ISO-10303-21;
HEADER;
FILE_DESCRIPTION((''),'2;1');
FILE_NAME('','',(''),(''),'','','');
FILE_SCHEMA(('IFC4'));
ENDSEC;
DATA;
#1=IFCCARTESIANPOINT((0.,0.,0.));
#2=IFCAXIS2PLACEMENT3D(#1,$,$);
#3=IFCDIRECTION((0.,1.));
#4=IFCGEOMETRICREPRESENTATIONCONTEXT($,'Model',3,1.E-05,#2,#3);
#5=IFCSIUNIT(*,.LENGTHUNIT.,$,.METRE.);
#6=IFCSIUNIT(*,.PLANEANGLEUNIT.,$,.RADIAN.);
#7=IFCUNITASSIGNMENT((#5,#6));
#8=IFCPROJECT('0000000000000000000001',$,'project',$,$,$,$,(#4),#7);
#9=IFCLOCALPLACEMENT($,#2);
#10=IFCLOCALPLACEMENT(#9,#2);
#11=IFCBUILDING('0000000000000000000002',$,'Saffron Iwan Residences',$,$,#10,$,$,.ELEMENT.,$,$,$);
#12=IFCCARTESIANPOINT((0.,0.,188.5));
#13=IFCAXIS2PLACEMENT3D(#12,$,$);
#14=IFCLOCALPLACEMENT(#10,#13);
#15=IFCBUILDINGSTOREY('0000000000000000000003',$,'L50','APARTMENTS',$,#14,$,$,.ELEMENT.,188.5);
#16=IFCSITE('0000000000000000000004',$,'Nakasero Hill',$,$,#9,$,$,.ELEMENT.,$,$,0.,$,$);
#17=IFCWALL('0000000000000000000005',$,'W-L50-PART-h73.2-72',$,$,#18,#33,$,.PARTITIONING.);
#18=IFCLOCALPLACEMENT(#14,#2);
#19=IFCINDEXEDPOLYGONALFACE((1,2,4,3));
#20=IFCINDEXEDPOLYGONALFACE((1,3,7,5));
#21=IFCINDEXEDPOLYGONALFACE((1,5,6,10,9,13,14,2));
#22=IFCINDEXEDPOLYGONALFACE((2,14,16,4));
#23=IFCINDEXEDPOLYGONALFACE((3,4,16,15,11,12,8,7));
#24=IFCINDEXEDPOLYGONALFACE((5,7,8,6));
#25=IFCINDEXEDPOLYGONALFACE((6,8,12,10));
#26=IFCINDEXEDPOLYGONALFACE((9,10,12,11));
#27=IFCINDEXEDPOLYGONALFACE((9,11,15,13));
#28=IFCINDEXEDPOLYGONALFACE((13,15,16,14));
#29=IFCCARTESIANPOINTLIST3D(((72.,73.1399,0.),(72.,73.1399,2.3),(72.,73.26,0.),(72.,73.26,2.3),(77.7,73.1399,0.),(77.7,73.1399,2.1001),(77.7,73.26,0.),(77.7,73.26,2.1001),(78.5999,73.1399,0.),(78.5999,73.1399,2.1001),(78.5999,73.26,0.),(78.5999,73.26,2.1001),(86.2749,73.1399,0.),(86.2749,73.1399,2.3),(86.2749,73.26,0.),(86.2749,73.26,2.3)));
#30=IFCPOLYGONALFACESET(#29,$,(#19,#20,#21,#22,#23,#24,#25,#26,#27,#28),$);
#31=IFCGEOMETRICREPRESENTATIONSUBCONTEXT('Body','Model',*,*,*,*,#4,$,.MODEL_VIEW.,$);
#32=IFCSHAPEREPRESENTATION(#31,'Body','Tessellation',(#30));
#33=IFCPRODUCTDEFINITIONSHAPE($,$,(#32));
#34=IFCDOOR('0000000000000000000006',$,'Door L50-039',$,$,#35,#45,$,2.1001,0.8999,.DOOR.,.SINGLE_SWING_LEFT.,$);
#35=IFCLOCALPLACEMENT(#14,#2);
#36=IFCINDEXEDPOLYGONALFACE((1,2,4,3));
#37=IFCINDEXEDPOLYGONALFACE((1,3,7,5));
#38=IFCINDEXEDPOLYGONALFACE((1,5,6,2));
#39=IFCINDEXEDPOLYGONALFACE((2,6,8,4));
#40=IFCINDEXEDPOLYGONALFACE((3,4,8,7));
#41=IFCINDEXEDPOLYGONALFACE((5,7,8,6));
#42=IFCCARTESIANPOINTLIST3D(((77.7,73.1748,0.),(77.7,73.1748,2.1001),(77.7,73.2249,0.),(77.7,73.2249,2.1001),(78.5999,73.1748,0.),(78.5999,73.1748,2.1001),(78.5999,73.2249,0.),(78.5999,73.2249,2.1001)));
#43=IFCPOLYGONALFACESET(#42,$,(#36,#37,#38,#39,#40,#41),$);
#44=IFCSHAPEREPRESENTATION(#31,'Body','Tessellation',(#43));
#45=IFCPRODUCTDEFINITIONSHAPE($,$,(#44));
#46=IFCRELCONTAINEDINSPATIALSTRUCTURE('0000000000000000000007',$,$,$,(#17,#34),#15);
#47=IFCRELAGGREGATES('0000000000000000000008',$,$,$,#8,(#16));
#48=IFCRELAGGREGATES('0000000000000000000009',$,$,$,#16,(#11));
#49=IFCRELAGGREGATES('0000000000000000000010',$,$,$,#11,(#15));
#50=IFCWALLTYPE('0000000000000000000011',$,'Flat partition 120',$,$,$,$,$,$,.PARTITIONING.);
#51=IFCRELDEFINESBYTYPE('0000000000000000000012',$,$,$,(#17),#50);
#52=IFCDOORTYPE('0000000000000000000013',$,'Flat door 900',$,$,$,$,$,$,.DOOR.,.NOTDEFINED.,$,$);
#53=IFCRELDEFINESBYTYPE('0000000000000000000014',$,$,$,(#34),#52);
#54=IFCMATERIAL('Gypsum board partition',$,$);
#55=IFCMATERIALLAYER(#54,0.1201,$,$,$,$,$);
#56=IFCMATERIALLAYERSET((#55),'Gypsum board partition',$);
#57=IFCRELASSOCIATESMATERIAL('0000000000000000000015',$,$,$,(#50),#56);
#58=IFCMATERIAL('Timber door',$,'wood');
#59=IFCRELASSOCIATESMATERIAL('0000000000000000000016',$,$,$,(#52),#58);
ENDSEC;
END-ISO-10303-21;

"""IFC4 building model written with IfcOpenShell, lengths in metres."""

from ifc_helpers import new_model, si_unit, direction, frame, frame_2d, origin, place, context, subcontext, project, spatial, rectangle, extrude, material, layer, layer_set, type_object, element, fill, save


model = new_model("IFC4")

# Units and contexts
model_context = context("Model", 3, precision=1e-05, world=origin(), true_north=direction((0.0, 1.0)))
body_context = subcontext(model_context, "Body", "Model", "MODEL_VIEW")
ifc_project = project(units=[si_unit("LENGTHUNIT", "METRE"), si_unit("PLANEANGLEUNIT", "RADIAN")], contexts=[model_context])

# Site, building, storey
site_placement = place(None, origin())
site = spatial("IfcSite", under=ifc_project, at=site_placement, Name="Nakasero Hill", CompositionType="ELEMENT", RefElevation=0.0)
building_placement = place(site_placement, origin())
building = spatial("IfcBuilding", under=site, at=building_placement, Name="Saffron Iwan Residences", CompositionType="ELEMENT")
storey_placement = place(building_placement, frame((0.0, 0.0, 188.5)))
storey = spatial("IfcBuildingStorey", under=building, at=storey_placement, Name="L50", Description="APARTMENTS", CompositionType="ELEMENT", Elevation=188.5)

# Wall, opening, door
ifc_material_1 = material(Name="Gypsum board partition")
ifc_layer_1 = layer(ifc_material_1, 0.1201)
ifc_layer_set_1 = layer_set([ifc_layer_1], Name="Gypsum board partition")
wall_type_1 = type_object("IfcWallType", Name="Flat partition 120", PredefinedType="PARTITIONING", material=ifc_layer_set_1)
wall_1_placement = place(storey_placement, frame((72.0, 73.2, 0.0), z_axis=(0.0, 0.0, 1.0), x_axis=(1.0, 0.0, 0.0)))
wall_1 = element("IfcWall", 1, at=wall_1_placement, inside=storey, type_object=wall_type_1, Name="W-L50-PART-h73.2-72", PredefinedType="PARTITIONING", context=body_context, shape_type="SweptSolid", body=[
    extrude(rectangle(XDim=14.2749, YDim=0.1201, at=frame_2d((7.1375, 0.0))), origin(), (0.0, 0.0, 1.0), 2.3),
])
opening_1_placement = place(wall_1_placement, frame((5.7, 0.0, 0.0)))
opening_1 = element("IfcOpeningElement", 2, at=opening_1_placement, cuts=wall_1, PredefinedType="OPENING", context=body_context, shape_type="SweptSolid", body=[
    extrude(rectangle(XDim=0.8999, YDim=2.1001, at=frame_2d((0.45, 1.05))), frame((0.0, 0.0701, 0.0), z_axis=(0.0, -1.0, 0.0), x_axis=(1.0, 0.0, 0.0)), (0.0, 0.0, 1.0), 0.1401),
])
ifc_material_2 = material(Name="Timber door", Category="wood")
door_type_1 = type_object("IfcDoorType", Name="Flat door 900", OperationType="NOTDEFINED", PredefinedType="DOOR", material=ifc_material_2)
door_1_placement = place(opening_1_placement, origin())
door_1 = element("IfcDoor", 3, at=door_1_placement, inside=storey, type_object=door_type_1, Name="Door L50-039", OperationType="SINGLE_SWING_LEFT", OverallHeight=2.1001, OverallWidth=0.8999, PredefinedType="DOOR", context=body_context, shape_type="SweptSolid", body=[
    extrude(rectangle(XDim=0.8999, YDim=2.1001, at=frame_2d((0.45, 1.05))), frame((0.0, 0.0249, 0.0), z_axis=(0.0, -1.0, 0.0), x_axis=(1.0, 0.0, 0.0)), (0.0, 0.0, 1.0), 0.05),
])
fill(opening_1, door_1)

save(model, "model.ifc")
